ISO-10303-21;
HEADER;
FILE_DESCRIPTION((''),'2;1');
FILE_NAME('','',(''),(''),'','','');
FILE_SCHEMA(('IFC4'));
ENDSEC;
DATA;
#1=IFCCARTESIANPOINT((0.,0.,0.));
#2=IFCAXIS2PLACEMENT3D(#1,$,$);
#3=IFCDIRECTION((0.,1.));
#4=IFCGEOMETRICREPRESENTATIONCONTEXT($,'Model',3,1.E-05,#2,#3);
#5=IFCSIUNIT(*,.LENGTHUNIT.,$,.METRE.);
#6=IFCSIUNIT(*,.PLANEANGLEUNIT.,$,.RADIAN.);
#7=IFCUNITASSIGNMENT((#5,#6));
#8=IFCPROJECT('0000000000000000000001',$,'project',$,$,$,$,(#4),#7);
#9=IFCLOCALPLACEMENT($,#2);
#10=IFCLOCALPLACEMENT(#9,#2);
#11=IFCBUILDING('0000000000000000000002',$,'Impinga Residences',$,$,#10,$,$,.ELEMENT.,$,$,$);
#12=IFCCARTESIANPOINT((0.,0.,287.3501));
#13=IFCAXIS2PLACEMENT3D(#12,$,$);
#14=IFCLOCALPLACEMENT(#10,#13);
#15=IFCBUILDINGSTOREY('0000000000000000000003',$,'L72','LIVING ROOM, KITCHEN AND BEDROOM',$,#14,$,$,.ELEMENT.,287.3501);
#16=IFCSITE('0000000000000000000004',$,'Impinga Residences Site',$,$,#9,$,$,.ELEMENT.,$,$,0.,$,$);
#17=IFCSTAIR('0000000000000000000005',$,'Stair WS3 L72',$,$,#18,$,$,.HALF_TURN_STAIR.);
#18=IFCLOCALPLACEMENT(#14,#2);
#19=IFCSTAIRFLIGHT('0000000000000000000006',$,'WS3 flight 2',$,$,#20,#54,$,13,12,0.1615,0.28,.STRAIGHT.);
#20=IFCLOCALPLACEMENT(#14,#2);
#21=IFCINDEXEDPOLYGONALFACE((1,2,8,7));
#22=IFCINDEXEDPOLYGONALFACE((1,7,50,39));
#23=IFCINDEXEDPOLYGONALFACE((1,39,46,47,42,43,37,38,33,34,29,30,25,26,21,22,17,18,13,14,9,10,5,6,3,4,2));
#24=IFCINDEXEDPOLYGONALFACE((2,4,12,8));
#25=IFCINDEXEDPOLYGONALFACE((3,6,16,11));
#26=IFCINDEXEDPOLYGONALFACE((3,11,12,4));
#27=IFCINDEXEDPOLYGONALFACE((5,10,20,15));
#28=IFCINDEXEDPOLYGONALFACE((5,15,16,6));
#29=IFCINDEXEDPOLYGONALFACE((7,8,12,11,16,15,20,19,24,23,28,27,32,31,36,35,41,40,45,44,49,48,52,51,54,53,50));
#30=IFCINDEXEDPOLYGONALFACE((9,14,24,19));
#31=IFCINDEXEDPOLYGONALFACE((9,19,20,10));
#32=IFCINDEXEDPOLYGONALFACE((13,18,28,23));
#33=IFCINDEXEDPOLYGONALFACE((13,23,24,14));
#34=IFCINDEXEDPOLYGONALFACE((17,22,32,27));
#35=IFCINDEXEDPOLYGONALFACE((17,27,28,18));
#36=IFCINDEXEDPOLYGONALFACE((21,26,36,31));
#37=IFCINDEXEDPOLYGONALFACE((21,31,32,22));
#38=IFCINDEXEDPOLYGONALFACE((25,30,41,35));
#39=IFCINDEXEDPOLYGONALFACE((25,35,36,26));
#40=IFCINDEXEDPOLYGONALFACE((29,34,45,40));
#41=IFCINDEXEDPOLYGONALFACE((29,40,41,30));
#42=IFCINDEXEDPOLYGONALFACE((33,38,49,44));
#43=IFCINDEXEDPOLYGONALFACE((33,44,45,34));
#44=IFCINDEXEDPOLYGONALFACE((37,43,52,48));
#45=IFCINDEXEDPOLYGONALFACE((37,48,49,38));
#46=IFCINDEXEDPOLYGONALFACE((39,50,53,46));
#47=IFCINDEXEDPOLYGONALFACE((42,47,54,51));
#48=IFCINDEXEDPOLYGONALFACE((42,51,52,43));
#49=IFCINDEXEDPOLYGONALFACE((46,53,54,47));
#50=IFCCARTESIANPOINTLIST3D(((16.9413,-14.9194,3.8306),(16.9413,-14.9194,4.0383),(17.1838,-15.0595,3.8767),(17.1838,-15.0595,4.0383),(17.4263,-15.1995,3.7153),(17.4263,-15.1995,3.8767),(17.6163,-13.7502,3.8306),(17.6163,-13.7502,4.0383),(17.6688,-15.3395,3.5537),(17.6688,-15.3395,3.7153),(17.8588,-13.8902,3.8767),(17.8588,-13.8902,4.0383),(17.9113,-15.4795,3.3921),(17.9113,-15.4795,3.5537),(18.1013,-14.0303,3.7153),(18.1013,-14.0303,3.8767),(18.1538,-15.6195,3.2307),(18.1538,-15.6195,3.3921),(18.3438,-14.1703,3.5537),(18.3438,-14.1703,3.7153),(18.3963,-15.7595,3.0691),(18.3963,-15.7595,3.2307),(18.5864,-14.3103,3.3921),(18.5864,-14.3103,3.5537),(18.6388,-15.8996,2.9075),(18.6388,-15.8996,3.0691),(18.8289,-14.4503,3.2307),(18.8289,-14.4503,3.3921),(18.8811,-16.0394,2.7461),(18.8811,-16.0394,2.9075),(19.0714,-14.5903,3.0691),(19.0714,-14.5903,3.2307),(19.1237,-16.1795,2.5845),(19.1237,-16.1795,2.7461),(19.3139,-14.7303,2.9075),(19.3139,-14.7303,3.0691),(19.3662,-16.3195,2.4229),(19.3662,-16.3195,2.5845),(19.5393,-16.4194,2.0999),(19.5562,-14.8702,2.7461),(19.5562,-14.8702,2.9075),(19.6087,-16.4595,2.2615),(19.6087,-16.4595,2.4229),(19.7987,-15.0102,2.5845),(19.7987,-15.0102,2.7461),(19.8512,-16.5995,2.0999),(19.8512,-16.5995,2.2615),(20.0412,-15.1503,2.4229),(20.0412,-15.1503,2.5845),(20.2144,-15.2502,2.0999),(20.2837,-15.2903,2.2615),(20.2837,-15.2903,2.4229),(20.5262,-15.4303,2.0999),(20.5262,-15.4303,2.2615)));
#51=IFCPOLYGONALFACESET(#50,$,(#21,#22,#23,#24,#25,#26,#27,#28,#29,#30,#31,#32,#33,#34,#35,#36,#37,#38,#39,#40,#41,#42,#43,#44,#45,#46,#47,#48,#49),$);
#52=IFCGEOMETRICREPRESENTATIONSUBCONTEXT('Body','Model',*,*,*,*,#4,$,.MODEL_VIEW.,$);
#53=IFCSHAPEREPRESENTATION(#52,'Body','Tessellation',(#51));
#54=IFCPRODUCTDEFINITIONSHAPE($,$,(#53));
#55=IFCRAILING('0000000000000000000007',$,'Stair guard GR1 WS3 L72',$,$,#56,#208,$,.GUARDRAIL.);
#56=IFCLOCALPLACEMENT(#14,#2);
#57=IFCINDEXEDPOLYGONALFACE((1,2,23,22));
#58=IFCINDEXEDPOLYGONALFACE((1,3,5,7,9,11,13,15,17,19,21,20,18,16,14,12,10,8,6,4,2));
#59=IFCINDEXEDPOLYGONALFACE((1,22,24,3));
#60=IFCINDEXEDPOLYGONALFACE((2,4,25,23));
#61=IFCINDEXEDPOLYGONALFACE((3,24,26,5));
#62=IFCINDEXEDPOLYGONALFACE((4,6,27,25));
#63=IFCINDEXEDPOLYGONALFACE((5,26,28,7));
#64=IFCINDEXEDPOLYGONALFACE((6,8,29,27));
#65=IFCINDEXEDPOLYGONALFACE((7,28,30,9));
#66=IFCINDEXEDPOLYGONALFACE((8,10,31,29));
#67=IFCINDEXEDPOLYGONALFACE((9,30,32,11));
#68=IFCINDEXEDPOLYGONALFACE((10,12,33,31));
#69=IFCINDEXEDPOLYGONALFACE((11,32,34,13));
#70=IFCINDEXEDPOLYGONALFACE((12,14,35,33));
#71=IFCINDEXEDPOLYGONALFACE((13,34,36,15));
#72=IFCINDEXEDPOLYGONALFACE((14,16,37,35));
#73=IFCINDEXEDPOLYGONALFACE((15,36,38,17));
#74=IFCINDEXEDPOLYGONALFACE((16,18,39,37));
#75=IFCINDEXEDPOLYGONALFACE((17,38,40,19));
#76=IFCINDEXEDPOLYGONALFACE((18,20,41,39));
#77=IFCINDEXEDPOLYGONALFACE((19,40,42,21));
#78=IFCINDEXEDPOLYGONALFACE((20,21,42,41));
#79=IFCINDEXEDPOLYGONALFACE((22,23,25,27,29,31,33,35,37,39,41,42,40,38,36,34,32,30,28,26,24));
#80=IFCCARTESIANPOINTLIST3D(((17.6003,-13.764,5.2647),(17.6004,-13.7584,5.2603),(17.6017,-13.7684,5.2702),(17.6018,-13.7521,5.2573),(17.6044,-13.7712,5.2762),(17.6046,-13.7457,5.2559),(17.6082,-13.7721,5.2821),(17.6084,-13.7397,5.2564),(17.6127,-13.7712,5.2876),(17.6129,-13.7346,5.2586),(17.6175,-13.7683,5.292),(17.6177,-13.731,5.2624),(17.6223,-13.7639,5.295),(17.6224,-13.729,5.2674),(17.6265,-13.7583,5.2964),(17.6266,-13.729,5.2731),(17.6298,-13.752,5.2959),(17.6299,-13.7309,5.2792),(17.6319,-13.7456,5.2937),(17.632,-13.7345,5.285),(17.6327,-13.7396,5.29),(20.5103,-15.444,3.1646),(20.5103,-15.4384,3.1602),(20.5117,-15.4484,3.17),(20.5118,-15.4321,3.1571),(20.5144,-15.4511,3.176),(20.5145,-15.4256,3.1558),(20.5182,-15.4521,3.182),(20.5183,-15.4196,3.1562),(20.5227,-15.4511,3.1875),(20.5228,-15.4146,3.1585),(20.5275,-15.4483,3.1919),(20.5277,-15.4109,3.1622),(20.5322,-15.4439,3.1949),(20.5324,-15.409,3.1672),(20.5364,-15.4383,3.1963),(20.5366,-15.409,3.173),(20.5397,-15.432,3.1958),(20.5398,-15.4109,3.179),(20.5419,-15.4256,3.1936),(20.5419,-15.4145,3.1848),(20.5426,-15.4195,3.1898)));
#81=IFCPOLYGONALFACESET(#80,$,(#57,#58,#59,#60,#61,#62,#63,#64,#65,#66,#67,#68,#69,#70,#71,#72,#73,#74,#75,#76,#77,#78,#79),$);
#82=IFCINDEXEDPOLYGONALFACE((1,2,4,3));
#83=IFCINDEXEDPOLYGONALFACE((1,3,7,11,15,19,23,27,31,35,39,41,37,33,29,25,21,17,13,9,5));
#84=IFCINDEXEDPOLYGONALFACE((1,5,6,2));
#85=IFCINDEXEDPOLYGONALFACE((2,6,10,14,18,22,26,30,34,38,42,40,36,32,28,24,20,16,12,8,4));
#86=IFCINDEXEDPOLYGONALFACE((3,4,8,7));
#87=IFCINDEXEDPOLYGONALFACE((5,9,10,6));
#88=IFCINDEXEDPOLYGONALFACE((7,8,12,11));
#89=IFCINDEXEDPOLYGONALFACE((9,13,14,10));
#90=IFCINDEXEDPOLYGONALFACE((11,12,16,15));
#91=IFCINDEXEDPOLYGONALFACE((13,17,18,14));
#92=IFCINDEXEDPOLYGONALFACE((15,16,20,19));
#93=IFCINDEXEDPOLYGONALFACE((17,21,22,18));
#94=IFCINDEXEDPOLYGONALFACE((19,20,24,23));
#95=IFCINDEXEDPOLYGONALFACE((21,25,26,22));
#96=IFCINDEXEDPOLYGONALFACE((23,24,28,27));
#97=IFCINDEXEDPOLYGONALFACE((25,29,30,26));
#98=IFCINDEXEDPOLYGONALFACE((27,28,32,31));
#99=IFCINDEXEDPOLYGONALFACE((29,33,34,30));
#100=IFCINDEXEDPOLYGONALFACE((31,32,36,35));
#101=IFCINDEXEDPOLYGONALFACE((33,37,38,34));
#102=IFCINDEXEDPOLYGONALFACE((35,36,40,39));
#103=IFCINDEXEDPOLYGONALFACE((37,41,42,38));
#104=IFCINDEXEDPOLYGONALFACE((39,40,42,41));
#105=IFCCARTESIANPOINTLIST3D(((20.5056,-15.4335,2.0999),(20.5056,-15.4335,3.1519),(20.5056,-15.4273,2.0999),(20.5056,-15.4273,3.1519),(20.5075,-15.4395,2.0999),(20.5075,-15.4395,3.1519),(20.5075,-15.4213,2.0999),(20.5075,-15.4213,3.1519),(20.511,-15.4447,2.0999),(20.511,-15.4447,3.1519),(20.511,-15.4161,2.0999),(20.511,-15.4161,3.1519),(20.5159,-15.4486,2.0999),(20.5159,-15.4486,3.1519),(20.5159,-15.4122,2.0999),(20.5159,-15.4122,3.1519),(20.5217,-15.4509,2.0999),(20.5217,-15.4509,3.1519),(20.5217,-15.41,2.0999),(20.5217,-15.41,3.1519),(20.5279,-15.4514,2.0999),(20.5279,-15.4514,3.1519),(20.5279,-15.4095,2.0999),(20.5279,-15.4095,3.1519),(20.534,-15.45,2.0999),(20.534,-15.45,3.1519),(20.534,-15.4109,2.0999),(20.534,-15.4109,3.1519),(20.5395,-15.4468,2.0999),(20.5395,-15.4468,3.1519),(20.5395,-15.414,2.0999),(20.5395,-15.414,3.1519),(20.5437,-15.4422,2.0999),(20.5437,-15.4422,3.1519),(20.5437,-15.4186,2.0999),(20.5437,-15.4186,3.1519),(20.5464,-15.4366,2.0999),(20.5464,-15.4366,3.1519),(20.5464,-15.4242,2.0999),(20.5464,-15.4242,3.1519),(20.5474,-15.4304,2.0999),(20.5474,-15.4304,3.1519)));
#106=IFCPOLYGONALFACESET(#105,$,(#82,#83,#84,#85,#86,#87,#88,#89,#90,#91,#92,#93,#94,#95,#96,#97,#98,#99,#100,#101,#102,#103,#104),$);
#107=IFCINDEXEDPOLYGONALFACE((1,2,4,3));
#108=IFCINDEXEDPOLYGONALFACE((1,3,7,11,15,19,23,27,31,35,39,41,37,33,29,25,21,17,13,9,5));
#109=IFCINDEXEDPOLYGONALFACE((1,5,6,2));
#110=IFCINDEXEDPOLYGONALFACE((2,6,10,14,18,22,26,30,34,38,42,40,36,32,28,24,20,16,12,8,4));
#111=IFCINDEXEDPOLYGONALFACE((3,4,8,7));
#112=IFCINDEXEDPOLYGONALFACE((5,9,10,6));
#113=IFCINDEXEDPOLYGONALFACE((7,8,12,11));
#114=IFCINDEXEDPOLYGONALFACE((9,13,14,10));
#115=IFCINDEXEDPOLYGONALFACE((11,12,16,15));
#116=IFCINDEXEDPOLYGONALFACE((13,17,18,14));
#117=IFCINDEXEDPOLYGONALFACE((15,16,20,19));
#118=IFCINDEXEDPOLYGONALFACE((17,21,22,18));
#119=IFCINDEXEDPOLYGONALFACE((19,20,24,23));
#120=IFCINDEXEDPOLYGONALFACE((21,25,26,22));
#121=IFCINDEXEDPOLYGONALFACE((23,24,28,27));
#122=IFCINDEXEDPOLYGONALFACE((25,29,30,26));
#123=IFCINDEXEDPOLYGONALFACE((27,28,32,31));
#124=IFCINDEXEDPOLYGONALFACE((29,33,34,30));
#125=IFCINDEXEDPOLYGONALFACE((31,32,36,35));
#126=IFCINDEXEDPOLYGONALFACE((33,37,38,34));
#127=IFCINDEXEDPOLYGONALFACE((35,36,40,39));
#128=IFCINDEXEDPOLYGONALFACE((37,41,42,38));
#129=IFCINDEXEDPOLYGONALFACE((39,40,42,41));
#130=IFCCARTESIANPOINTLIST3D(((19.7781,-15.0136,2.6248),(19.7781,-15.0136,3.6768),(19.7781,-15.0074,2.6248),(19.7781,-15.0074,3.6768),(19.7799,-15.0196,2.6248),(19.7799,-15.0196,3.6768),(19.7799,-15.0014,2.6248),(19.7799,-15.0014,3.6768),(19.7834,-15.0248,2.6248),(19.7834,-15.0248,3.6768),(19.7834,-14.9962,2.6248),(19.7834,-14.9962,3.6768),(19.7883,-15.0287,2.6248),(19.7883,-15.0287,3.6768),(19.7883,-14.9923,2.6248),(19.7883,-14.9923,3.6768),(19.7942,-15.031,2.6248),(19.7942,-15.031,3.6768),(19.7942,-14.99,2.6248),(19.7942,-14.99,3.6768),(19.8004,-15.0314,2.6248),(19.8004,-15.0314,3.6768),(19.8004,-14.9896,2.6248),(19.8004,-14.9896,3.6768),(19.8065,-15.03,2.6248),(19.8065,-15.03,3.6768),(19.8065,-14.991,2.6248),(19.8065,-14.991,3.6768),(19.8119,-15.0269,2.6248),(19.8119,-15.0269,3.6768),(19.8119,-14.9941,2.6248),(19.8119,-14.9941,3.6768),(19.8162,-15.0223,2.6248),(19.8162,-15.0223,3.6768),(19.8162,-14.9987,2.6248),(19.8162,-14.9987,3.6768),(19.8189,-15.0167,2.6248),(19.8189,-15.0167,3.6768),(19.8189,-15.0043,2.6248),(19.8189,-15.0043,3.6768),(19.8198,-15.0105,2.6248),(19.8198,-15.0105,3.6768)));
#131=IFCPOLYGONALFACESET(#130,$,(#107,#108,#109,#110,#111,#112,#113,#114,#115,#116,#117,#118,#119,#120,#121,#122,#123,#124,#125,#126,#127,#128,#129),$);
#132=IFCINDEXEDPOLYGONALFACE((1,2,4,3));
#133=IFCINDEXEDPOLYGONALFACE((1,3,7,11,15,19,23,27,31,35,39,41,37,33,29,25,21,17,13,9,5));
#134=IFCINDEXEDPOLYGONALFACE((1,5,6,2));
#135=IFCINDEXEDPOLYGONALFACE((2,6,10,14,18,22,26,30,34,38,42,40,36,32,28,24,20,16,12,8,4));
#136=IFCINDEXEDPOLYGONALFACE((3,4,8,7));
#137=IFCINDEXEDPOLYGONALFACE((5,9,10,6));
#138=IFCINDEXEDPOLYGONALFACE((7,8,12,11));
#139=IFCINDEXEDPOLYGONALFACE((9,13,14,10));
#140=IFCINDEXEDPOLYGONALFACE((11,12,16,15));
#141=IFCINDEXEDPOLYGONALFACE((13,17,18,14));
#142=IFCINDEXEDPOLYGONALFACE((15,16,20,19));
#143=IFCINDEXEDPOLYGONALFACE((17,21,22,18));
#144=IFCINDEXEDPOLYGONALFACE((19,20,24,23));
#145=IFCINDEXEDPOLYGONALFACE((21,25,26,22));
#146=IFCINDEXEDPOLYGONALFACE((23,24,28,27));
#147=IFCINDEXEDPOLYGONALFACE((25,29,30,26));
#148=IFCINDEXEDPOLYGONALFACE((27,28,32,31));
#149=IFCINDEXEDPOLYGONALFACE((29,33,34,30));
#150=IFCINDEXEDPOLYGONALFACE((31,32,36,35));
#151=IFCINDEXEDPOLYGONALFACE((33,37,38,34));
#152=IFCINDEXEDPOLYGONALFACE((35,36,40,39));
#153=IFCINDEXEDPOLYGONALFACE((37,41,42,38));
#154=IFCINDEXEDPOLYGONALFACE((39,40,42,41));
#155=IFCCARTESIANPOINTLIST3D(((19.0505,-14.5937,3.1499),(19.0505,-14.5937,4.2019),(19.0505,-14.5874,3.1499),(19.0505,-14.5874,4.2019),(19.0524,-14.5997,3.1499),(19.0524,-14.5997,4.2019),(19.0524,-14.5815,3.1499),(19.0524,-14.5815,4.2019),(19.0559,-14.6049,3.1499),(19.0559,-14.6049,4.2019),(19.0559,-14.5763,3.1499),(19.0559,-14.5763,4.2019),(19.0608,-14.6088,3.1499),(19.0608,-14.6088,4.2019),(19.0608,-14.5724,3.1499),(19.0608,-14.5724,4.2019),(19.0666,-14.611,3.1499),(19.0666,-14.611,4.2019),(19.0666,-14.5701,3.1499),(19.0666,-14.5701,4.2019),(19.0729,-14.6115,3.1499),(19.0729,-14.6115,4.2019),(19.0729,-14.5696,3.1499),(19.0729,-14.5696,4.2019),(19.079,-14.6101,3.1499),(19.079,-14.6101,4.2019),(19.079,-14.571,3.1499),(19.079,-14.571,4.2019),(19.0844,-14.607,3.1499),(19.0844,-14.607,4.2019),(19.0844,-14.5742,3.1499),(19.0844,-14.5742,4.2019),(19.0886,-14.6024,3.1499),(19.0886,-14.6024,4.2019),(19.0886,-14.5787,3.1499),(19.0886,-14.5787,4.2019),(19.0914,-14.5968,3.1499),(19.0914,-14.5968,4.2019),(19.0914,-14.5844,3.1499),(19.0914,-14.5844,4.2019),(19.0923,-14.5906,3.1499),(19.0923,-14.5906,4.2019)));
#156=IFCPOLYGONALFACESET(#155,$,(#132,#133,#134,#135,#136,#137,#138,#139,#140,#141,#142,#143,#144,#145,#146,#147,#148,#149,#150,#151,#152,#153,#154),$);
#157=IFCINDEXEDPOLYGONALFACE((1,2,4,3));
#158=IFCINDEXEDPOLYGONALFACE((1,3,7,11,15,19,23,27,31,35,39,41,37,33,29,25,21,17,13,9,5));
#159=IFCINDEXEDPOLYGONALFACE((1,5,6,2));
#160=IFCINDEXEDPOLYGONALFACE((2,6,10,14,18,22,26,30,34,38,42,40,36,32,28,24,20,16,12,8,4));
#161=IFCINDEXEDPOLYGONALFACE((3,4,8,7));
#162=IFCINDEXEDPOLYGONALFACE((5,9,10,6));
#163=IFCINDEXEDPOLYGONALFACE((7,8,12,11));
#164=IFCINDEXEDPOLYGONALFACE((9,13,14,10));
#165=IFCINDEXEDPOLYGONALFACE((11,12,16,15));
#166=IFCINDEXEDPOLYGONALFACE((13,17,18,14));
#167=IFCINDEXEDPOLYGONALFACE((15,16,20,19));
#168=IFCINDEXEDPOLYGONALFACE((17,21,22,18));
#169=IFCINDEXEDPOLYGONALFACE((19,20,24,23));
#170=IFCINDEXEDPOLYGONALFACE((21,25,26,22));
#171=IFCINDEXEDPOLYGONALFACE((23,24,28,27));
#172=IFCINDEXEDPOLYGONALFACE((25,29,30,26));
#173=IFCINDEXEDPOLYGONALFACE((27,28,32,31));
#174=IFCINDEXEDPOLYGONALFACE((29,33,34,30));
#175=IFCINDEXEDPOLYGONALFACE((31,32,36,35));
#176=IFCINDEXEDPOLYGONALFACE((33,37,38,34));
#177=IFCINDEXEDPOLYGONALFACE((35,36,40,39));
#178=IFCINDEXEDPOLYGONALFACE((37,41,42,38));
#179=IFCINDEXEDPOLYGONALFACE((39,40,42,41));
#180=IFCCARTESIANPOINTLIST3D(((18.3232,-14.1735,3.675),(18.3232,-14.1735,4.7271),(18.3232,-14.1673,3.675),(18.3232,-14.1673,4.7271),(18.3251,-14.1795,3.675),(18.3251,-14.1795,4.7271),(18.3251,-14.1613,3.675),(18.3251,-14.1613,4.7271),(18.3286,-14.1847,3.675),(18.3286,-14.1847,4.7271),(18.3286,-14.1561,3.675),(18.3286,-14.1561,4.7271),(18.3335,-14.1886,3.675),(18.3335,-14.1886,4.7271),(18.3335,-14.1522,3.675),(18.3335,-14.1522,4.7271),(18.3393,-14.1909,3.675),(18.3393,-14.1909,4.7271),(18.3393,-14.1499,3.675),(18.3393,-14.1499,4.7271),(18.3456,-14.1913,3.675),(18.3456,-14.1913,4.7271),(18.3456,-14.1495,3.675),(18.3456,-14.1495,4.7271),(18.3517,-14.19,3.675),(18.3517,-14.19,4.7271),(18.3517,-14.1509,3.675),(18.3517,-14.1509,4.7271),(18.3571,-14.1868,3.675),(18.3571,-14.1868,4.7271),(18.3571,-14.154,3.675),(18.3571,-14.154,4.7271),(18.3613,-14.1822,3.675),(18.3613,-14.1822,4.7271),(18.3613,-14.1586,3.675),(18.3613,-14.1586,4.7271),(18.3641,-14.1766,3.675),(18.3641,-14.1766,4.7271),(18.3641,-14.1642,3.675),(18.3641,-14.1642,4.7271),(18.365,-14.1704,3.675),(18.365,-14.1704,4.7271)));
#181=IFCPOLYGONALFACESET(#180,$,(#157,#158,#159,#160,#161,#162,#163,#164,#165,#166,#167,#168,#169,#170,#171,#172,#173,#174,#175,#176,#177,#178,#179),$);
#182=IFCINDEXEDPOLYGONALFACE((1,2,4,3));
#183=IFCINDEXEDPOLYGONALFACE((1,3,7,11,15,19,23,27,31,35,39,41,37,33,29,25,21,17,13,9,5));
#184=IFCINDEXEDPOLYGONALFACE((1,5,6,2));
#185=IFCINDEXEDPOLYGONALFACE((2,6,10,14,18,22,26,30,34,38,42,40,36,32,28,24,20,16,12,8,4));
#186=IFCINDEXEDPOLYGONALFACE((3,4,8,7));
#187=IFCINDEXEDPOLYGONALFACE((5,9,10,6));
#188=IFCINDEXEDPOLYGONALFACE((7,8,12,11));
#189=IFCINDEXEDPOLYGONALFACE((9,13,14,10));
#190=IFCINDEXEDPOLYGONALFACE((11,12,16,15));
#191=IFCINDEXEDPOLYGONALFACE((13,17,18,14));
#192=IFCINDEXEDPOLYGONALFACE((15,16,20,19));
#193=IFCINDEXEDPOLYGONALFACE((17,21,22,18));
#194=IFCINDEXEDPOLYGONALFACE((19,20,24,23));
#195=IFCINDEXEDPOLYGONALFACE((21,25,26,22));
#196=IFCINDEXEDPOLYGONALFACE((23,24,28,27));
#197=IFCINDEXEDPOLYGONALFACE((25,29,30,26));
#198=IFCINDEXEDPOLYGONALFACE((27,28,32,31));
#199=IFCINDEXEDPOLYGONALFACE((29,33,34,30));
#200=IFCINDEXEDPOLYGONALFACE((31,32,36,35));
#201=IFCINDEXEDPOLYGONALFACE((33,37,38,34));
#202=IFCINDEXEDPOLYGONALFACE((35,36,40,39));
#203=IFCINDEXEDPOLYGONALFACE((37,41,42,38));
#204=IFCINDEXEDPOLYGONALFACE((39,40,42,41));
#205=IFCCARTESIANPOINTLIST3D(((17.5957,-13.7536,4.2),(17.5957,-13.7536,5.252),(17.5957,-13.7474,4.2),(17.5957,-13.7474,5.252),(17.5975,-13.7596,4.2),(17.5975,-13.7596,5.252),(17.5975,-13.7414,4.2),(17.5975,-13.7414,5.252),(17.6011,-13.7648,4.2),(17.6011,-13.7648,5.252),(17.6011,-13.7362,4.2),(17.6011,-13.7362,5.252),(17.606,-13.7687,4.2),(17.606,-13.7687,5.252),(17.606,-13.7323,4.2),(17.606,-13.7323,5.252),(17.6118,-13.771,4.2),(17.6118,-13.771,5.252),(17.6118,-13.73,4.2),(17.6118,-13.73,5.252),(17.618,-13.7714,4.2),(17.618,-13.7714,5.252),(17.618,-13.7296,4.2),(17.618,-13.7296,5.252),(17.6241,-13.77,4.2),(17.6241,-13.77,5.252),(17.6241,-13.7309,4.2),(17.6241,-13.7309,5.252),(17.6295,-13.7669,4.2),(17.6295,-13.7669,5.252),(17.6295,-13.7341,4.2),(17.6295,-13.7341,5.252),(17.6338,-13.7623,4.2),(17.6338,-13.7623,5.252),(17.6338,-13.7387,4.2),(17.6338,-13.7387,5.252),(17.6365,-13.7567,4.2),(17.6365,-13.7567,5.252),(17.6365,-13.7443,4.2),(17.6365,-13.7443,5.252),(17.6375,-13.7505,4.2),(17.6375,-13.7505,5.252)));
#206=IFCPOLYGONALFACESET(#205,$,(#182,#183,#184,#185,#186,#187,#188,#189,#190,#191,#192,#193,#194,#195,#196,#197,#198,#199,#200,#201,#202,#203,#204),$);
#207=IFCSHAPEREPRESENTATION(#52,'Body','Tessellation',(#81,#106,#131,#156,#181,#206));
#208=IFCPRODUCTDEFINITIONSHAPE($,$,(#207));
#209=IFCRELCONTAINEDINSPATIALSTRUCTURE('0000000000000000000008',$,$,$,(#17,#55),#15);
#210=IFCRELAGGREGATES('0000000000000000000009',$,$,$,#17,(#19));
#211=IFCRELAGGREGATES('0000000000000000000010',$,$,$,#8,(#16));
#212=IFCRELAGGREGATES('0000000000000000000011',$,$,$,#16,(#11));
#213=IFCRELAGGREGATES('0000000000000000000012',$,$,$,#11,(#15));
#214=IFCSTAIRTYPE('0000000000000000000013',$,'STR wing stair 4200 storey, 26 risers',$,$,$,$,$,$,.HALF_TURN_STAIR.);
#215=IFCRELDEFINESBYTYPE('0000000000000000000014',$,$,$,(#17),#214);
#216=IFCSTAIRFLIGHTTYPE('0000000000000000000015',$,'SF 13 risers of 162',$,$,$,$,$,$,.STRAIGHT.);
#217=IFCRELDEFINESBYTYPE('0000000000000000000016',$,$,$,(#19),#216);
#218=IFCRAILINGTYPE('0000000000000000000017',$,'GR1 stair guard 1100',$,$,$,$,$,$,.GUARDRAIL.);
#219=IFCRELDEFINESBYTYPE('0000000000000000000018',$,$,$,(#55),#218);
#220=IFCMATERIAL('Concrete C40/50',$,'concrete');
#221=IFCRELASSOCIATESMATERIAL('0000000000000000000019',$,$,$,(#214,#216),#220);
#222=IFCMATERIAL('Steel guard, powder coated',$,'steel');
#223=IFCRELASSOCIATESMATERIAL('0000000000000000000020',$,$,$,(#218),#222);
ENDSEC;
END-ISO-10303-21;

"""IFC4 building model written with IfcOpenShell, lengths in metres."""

from ifc_helpers import new_model, si_unit, direction, frame, origin, origin_2d, place, context, subcontext, project, spatial, polyline, circle, outline, extrude, material, type_object, element, aggregate, save


model = new_model("IFC4")

# Units and contexts
model_context = context("Model", 3, precision=1e-05, world=origin(), true_north=direction((0.0, 1.0)))
body_context = subcontext(model_context, "Body", "Model", "MODEL_VIEW")
ifc_project = project(units=[si_unit("LENGTHUNIT", "METRE"), si_unit("PLANEANGLEUNIT", "RADIAN")], contexts=[model_context])

# Site, building, storey
site_placement = place(None, origin())
site = spatial("IfcSite", under=ifc_project, at=site_placement, Name="Impinga Residences Site", CompositionType="ELEMENT", RefElevation=0.0)
building_placement = place(site_placement, origin())
building = spatial("IfcBuilding", under=site, at=building_placement, Name="Impinga Residences", CompositionType="ELEMENT")
storey_placement = place(building_placement, frame((0.0, 0.0, 287.3501)))
storey = spatial("IfcBuildingStorey", under=building, at=storey_placement, Name="L72", Description="LIVING ROOM, KITCHEN AND BEDROOM", CompositionType="ELEMENT", Elevation=287.3501)

# Stair, stair flight
ifc_material_1 = material(Name="Concrete C40/50", Category="concrete")
stair_type = type_object("IfcStairType", Name="STR wing stair 4200 storey, 26 risers", PredefinedType="HALF_TURN_STAIR", material=ifc_material_1)
stair_placement = place(storey_placement, origin())
stair = element("IfcStair", 1, at=stair_placement, inside=storey, type_object=stair_type, Name="Stair WS3 L72", PredefinedType="HALF_TURN_STAIR")
stair_flight_type = type_object("IfcStairFlightType", Name="SF 13 risers of 162", PredefinedType="STRAIGHT", material=ifc_material_1)
stair_flight_placement = place(storey_placement, frame((20.1887, -16.0149, 2.0999), z_axis=(0.0, 0.0, 1.0), x_axis=(-0.866025, 0.5, 0.0)))
stair_flight = element("IfcStairFlight", 2, at=stair_flight_placement, type_object=stair_flight_type, Name="WS3 flight 2", NumberOfRisers=13, NumberOfTreads=12, PredefinedType="STRAIGHT", RiserHeight=0.1615, TreadLength=0.28, context=body_context, shape_type="SweptSolid", body=[
    extrude(outline(polyline([(0.0, 0.0), (0.0, 0.1616), (0.28, 0.1616), (0.28, 0.323), (0.5601, 0.323), (0.5601, 0.4846), (0.8401, 0.4846), (0.8401, 0.6462), (1.1201, 0.6462), (1.1201, 0.8076), (1.3999, 0.8076), (1.3999, 0.9692), (1.6799, 0.9692), (1.6799, 1.1309), (1.96, 1.1309), (1.96, 1.2922), (2.24, 1.2922), (2.24, 1.4539), (2.52, 1.4539), (2.52, 1.6155), (2.8, 1.6155), (2.8, 1.7769), (3.0801, 1.7769), (3.0801, 1.9385), (3.3601, 1.9385), (3.3601, 2.1001), (3.3601, 1.7307), (0.3601, 0.0), (0.0, 0.0)])), frame((0.0, 0.675, 0.0), z_axis=(0.0, -1.0, 0.0), x_axis=(1.0, 0.0, 0.0)), (0.0, 0.0, 1.0), 1.3501),
])
aggregate(stair, [stair_flight])

# Railing
ifc_material_2 = material(Name="Steel guard, powder coated", Category="steel")
railing_type = type_object("IfcRailingType", Name="GR1 stair guard 1100", PredefinedType="GUARDRAIL", material=ifc_material_2)
railing_placement = place(storey_placement, frame((20.5264, -15.4304, 2.0999)))
element("IfcRailing", 3, at=railing_placement, inside=storey, type_object=railing_type, Name="Stair guard GR1 WS3 L72", PredefinedType="GUARDRAIL", context=body_context, shape_type="SweptSolid", body=[
    extrude(circle(Radius=0.0239, at=origin_2d()), frame((0.0, 0.0, 1.0762), z_axis=(-0.734392, 0.423974, 0.530014), x_axis=(-0.499976, -0.866039, 0.0)), (0.0, 0.0, 1.0), 3.9624),
    extrude(circle(Radius=0.021, at=origin_2d()), origin(), (0.0, 0.0, 1.0), 1.052),
    extrude(circle(Radius=0.021, at=origin_2d()), frame((-0.7275, 0.4199, 0.5249)), (0.0, 0.0, 1.0), 1.052),
    extrude(circle(Radius=0.021, at=origin_2d()), frame((-1.4551, 0.8398, 1.05)), (0.0, 0.0, 1.0), 1.052),
    extrude(circle(Radius=0.021, at=origin_2d()), frame((-2.1824, 1.26, 1.5752)), (0.0, 0.0, 1.0), 1.052),
    extrude(circle(Radius=0.021, at=origin_2d()), frame((-2.9099, 1.6799, 2.1001)), (0.0, 0.0, 1.0), 1.052),
])

save(model, "model.ifc")
